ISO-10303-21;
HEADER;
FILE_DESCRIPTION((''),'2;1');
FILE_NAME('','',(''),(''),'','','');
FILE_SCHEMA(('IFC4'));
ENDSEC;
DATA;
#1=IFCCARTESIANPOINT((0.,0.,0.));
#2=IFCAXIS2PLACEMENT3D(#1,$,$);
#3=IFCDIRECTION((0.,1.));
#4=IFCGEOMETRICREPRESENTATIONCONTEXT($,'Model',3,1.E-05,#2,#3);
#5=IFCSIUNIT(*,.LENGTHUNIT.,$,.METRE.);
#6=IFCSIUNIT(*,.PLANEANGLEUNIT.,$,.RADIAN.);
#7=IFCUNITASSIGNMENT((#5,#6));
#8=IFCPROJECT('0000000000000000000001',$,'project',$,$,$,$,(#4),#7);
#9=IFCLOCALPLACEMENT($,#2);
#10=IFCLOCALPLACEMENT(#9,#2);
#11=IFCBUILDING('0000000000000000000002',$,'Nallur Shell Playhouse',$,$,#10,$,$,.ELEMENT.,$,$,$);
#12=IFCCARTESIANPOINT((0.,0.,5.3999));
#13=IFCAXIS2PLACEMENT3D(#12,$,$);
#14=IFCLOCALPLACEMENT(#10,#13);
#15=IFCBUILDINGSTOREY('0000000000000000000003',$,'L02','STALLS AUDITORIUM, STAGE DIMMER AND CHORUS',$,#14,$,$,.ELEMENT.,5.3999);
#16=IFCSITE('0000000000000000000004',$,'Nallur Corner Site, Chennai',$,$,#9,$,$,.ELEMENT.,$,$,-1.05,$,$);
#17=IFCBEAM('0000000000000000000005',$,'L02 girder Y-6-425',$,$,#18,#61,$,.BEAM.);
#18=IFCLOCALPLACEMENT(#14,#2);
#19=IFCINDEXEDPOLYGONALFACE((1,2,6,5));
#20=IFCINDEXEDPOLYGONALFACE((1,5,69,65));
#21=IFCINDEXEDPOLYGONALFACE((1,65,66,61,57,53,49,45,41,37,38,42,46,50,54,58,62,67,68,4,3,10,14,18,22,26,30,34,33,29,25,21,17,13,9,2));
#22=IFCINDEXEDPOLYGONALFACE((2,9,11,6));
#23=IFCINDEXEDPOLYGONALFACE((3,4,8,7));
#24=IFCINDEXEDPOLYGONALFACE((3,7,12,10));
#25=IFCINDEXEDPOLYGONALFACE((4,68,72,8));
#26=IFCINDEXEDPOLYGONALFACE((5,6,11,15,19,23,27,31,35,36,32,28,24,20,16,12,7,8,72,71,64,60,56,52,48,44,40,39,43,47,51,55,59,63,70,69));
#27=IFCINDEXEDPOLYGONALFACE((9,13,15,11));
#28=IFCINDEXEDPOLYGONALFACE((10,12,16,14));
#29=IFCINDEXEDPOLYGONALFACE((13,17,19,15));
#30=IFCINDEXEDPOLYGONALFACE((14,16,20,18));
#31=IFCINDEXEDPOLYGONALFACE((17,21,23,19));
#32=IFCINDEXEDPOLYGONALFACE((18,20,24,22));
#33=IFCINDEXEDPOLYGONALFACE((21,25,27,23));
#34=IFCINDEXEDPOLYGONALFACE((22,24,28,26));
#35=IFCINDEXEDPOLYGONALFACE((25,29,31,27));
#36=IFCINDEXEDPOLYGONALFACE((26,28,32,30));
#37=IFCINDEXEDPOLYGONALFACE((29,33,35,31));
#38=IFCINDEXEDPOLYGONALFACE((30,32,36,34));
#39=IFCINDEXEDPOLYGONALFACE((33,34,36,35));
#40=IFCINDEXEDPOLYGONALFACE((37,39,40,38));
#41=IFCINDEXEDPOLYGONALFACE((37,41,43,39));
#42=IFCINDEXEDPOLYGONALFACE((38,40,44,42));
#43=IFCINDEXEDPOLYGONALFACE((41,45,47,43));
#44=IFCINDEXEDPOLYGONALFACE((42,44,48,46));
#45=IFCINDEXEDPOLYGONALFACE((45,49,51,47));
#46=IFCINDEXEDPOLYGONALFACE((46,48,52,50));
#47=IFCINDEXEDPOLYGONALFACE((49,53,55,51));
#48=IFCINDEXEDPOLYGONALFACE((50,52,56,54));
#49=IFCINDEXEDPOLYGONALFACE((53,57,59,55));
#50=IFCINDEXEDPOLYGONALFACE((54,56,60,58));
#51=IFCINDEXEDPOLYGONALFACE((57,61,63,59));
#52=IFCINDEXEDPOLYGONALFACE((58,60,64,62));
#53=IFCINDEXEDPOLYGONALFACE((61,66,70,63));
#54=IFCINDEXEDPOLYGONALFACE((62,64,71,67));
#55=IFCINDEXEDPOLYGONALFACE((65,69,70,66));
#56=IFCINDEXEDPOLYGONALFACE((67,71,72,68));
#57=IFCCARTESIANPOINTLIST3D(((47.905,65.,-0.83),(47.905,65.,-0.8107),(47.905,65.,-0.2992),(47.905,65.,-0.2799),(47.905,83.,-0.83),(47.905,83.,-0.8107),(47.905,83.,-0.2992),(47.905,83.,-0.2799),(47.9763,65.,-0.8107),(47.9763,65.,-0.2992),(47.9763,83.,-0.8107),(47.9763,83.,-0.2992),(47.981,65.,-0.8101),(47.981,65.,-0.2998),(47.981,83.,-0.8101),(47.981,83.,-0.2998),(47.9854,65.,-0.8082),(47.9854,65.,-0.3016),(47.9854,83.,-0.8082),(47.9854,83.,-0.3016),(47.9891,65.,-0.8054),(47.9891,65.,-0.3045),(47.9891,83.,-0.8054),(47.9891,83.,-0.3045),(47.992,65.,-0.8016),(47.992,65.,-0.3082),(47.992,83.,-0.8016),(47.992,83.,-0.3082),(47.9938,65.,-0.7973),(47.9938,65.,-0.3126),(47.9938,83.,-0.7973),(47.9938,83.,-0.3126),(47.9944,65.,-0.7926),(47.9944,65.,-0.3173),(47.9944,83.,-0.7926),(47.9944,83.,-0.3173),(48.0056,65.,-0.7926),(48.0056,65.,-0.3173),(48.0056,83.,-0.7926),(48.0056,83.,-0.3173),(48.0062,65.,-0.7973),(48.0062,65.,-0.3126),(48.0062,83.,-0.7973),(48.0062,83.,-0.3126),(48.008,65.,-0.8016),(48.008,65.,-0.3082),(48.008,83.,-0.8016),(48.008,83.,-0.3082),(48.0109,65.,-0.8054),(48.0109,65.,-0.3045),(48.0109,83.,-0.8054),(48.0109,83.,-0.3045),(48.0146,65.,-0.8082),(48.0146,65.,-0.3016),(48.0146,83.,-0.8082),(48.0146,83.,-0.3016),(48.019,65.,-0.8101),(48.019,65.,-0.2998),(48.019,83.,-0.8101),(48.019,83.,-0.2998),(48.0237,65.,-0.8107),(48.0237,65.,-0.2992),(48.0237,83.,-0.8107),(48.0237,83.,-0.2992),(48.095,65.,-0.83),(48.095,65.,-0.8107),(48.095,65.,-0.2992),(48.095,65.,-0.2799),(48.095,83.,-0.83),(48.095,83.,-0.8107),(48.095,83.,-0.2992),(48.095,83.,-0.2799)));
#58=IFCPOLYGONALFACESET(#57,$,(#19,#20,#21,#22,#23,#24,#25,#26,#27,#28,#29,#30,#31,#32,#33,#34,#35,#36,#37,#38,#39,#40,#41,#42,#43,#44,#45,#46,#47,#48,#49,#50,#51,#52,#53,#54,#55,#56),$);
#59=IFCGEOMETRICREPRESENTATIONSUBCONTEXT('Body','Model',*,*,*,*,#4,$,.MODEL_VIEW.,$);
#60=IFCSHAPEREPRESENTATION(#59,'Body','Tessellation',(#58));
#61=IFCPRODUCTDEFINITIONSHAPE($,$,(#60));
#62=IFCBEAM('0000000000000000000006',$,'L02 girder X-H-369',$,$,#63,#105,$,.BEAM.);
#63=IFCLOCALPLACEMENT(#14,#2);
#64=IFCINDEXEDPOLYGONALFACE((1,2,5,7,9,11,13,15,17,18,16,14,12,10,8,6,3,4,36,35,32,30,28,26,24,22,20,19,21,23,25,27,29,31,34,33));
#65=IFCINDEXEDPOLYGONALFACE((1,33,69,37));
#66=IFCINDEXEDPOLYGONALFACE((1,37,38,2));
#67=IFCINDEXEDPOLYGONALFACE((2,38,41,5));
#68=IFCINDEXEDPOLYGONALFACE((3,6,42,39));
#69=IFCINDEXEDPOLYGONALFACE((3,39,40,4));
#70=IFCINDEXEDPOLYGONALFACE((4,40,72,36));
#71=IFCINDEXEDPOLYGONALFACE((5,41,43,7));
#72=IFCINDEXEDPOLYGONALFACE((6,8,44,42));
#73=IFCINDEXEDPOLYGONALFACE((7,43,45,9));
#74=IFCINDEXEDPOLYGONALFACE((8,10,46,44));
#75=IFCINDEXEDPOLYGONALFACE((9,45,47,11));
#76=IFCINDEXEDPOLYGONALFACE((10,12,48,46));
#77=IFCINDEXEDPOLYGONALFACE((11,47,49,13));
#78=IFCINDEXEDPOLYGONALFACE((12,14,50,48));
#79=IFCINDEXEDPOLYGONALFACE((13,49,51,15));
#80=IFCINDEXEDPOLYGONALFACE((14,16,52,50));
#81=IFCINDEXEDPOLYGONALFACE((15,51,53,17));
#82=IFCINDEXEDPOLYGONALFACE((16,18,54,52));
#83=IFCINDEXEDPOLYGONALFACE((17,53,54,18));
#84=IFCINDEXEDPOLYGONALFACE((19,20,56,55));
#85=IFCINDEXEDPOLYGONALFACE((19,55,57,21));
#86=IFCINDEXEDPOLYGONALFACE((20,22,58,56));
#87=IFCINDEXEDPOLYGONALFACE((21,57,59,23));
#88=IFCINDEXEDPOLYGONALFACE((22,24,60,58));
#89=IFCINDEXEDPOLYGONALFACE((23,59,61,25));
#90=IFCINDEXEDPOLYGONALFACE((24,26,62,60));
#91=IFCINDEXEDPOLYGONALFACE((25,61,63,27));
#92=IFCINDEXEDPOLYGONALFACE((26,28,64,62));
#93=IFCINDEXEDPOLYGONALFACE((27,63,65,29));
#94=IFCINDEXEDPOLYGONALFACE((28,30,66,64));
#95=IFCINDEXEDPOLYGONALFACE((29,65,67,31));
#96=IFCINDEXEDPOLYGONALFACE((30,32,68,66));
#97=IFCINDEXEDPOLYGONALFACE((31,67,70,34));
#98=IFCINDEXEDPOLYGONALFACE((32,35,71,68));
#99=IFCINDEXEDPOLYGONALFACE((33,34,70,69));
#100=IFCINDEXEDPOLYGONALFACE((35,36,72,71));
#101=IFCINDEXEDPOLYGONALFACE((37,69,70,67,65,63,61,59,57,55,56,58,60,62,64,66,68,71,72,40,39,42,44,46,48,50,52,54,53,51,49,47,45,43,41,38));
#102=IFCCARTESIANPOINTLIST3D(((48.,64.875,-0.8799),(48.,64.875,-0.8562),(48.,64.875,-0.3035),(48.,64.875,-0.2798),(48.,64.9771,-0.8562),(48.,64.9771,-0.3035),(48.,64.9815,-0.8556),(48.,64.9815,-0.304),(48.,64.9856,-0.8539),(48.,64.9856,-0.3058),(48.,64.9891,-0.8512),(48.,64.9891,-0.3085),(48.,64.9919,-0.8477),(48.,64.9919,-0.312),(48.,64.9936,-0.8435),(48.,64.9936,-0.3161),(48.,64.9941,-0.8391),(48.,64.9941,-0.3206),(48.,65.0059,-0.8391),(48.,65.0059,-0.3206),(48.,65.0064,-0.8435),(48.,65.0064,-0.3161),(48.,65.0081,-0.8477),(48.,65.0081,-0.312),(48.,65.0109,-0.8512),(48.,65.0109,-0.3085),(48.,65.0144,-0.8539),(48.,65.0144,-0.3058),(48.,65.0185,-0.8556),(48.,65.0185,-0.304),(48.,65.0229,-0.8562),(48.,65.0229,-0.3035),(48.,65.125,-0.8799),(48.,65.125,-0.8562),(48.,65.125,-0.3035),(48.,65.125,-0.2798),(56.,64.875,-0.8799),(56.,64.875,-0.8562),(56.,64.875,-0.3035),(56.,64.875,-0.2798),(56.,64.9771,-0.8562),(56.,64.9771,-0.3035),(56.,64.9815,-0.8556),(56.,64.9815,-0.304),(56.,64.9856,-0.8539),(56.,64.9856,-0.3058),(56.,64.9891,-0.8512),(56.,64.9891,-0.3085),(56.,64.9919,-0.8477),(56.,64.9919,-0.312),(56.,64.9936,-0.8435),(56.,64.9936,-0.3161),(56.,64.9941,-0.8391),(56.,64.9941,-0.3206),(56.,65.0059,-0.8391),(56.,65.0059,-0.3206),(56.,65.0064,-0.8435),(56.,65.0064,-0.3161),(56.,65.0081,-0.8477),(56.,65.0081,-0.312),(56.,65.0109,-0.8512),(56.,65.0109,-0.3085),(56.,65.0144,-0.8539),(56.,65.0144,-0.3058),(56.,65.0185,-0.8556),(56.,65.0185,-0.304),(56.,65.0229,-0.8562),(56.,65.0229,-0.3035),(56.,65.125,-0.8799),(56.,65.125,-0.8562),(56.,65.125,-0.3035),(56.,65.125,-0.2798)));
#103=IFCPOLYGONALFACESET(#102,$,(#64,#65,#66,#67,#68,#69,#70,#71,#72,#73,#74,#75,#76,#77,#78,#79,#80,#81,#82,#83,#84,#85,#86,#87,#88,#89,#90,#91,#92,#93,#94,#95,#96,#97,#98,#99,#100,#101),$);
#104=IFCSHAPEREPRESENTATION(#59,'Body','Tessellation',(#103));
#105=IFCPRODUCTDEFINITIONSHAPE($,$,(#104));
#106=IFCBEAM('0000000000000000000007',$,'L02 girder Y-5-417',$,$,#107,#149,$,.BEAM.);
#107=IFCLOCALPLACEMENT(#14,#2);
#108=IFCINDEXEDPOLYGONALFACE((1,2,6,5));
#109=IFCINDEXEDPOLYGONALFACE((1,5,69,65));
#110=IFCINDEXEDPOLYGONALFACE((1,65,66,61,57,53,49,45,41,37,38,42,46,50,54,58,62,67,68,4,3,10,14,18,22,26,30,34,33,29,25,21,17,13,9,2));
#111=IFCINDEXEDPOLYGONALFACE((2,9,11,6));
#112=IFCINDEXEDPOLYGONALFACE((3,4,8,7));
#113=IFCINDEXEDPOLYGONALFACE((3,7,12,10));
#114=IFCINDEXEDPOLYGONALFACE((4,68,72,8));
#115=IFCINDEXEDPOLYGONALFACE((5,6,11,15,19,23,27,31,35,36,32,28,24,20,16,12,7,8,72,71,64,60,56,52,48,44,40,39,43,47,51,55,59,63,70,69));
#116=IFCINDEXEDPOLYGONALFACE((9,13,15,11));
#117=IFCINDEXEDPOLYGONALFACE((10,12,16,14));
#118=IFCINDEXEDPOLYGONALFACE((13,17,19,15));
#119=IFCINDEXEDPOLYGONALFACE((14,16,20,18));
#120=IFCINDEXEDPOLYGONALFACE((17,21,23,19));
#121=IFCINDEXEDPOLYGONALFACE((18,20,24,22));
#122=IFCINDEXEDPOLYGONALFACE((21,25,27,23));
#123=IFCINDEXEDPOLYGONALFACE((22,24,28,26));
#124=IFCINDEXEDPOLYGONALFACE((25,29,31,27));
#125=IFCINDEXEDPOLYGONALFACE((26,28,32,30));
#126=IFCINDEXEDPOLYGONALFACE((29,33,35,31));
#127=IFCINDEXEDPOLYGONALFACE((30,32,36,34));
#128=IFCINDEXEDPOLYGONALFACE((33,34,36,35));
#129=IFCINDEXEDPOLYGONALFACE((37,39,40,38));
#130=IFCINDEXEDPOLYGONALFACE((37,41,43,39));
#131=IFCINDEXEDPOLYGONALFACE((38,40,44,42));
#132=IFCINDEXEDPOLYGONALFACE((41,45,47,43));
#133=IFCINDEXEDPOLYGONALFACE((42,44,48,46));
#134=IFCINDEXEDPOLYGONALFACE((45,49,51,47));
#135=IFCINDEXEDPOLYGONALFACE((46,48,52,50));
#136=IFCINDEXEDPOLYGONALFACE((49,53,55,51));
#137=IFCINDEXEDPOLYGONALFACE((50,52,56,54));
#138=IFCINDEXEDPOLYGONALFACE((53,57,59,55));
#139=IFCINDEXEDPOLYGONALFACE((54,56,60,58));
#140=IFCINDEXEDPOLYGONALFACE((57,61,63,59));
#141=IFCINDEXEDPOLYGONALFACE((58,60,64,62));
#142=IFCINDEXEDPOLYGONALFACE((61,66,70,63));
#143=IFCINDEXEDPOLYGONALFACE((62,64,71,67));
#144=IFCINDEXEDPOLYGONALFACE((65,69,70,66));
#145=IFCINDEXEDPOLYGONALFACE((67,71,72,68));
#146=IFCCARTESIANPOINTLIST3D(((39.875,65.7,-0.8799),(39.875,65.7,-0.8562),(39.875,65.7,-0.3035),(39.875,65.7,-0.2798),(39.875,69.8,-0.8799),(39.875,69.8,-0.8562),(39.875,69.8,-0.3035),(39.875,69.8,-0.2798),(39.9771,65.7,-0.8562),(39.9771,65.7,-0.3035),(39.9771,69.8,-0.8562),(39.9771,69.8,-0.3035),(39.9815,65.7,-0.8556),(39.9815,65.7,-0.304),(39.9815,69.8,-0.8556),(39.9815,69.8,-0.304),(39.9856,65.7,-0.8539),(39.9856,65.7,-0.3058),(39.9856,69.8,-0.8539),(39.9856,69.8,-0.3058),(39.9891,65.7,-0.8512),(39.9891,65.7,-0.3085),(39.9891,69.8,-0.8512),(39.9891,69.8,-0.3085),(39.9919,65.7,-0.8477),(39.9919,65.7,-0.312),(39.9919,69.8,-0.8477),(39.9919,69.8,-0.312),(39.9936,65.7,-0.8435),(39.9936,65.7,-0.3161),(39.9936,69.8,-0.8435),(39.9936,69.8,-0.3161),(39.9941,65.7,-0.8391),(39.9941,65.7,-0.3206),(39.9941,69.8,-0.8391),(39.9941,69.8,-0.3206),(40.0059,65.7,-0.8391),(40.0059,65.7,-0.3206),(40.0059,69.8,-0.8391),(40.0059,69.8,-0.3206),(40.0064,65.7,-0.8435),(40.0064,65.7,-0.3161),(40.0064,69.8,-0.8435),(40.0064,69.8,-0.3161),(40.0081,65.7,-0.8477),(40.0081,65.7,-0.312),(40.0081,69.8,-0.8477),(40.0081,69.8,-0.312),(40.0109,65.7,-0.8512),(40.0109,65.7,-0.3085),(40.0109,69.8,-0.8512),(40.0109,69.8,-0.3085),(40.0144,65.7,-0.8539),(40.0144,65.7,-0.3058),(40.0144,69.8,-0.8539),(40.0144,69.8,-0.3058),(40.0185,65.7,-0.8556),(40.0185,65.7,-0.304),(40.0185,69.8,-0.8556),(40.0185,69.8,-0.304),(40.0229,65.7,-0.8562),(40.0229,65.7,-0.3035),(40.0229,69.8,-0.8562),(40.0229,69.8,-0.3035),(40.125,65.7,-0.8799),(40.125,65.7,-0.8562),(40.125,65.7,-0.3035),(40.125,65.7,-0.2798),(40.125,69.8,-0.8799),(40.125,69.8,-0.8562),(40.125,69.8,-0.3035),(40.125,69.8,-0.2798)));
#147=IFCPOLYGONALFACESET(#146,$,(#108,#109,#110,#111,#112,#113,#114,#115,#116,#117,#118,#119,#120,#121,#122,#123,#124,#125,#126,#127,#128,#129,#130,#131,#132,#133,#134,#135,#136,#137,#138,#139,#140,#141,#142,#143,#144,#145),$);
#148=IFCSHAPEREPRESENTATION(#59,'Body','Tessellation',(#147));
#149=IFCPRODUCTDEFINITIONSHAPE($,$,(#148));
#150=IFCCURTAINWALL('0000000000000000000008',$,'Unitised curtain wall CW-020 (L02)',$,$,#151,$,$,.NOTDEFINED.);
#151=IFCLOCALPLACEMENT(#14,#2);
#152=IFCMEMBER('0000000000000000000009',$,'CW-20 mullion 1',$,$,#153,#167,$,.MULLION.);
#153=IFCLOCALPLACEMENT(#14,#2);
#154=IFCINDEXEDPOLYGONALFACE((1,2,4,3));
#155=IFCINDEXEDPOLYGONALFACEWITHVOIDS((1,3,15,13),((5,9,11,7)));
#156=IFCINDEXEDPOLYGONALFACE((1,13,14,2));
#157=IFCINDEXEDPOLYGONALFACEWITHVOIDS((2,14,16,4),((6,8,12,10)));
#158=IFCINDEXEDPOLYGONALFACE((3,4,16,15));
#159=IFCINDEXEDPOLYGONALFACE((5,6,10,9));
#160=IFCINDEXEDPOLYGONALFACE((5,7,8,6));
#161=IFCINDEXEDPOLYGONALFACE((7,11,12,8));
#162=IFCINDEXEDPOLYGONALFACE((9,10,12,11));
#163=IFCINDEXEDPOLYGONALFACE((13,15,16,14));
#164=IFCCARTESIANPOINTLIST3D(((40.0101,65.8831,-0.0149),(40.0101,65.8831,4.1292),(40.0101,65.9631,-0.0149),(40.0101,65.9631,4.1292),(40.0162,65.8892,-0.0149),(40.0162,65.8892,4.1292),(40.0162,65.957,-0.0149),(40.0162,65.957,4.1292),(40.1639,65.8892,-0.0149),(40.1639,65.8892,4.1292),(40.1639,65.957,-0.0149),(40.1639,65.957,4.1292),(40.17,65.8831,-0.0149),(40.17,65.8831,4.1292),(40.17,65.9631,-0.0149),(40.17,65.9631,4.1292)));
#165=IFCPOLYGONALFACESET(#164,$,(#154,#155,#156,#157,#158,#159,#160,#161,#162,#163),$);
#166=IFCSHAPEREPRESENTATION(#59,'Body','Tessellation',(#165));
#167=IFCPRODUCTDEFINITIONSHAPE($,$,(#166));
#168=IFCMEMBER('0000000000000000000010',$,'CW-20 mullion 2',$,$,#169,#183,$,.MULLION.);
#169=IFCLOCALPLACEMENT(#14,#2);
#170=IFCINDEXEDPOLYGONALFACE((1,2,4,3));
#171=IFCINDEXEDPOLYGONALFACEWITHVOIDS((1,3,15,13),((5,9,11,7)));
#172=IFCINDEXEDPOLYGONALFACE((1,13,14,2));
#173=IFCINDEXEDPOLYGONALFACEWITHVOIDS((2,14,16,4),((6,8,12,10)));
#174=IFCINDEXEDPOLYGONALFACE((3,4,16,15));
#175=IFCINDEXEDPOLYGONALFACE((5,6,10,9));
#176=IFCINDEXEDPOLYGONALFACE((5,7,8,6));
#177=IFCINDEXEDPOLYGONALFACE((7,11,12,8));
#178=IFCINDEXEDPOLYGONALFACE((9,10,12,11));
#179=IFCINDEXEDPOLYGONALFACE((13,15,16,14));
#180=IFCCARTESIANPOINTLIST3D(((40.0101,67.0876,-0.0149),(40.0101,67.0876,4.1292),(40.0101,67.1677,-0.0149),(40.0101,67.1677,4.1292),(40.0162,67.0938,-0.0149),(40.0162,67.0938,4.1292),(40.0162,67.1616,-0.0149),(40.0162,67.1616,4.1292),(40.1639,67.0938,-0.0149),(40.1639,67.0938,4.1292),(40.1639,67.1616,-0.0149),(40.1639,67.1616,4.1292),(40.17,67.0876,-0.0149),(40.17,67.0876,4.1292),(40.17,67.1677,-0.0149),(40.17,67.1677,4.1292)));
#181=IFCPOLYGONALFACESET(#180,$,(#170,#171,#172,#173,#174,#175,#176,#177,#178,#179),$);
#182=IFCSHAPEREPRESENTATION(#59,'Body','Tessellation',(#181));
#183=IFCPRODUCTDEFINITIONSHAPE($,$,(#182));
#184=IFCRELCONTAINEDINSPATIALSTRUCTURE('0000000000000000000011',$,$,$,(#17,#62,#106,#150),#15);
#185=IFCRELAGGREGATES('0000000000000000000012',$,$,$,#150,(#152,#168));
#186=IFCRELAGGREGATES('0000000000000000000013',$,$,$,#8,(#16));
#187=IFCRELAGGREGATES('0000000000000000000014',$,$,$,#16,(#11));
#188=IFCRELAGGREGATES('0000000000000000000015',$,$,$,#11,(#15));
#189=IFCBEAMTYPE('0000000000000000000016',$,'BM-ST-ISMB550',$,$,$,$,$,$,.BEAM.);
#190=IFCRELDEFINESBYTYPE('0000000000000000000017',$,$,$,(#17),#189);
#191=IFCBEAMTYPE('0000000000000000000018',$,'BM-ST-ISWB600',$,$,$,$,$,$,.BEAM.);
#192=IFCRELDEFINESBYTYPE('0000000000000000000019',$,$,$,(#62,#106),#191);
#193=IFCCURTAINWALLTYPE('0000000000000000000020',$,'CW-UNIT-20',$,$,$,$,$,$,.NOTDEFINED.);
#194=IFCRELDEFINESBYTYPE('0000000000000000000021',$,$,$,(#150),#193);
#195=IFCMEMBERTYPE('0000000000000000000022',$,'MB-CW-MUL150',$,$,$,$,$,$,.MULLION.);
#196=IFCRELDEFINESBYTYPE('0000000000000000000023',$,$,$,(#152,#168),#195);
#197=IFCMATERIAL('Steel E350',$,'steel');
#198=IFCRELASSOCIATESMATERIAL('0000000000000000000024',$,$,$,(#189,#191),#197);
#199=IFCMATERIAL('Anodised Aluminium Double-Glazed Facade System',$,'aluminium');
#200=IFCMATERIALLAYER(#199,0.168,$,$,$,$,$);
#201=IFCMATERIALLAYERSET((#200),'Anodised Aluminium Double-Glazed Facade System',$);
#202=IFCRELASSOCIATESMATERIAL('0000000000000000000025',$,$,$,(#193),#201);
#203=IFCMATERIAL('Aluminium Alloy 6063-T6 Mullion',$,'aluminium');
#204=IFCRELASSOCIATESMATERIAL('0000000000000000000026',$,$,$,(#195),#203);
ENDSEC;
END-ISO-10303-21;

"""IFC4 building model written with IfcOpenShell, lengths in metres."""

from ifc_helpers import new_model, si_unit, direction, frame, origin, origin_2d, place, context, subcontext, project, spatial, hollow_rectangle, i_section, extrude, material, layer, layer_set, material_profile, profile_set, type_object, element, aggregate, save


model = new_model("IFC4")

# Units and contexts
model_context = context("Model", 3, precision=1e-05, world=origin(), true_north=direction((0.0, 1.0)))
body_context = subcontext(model_context, "Body", "Model", "MODEL_VIEW")
ifc_project = project(units=[si_unit("LENGTHUNIT", "METRE"), si_unit("PLANEANGLEUNIT", "RADIAN")], contexts=[model_context])

# Site, building, storey
site_placement = place(None, origin())
site = spatial("IfcSite", under=ifc_project, at=site_placement, Name="Nallur Corner Site, Chennai", CompositionType="ELEMENT", RefElevation=-1.05)
building_placement = place(site_placement, origin())
building = spatial("IfcBuilding", under=site, at=building_placement, Name="Nallur Shell Playhouse", CompositionType="ELEMENT")
storey_placement = place(building_placement, frame((0.0, 0.0, 5.3999)))
storey = spatial("IfcBuildingStorey", under=building, at=storey_placement, Name="L02", Description="STALLS AUDITORIUM, STAGE DIMMER AND CHORUS", CompositionType="ELEMENT", Elevation=5.3999)

# Shared definitions
ifc_material_1 = material(Name="Steel E350", Category="steel")

# Beams
ifc_material_profile_1 = material_profile(ifc_material_1, i_section(OverallWidth=0.1899, OverallDepth=0.55, WebThickness=0.0112, FlangeThickness=0.0193, FilletRadius=0.0181, at=origin_2d()), Name="ISMB 550")
ifc_profile_set_1 = profile_set([ifc_material_profile_1], Name="Steel E350")
beam_type_1 = type_object("IfcBeamType", Name="BM-ST-ISMB550", PredefinedType="BEAM", material=ifc_profile_set_1)
beam_1_placement = place(storey_placement, frame((48.0, 65.0, -0.5549), z_axis=(0.0, 1.0, 0.0), x_axis=(-1.0, 0.0, 0.0)))
element("IfcBeam", 1, at=beam_1_placement, inside=storey, type_object=beam_type_1, Name="L02 girder Y-6-425", PredefinedType="BEAM", context=body_context, shape_type="SweptSolid", body=[
    extrude(i_section(OverallWidth=0.1899, OverallDepth=0.55, WebThickness=0.0112, FlangeThickness=0.0193, FilletRadius=0.0181, at=origin_2d()), origin(), (0.0, 0.0, 1.0), 18.0),
])
ifc_material_profile_2 = material_profile(ifc_material_1, i_section(OverallWidth=0.25, OverallDepth=0.6001, WebThickness=0.0117, FlangeThickness=0.0237, FilletRadius=0.0171, at=origin_2d()), Name="ISWB 600")
ifc_profile_set_2 = profile_set([ifc_material_profile_2], Name="Steel E350")
beam_type_2 = type_object("IfcBeamType", Name="BM-ST-ISWB600", PredefinedType="BEAM", material=ifc_profile_set_2)
beam_2_placement = place(storey_placement, frame((48.0, 65.0, -0.5798), z_axis=(1.0, 0.0, 0.0), x_axis=(0.0, 1.0, 0.0)))
element("IfcBeam", 2, at=beam_2_placement, inside=storey, type_object=beam_type_2, Name="L02 girder X-H-369", PredefinedType="BEAM", context=body_context, shape_type="SweptSolid", body=[
    extrude(i_section(OverallWidth=0.25, OverallDepth=0.6001, WebThickness=0.0117, FlangeThickness=0.0237, FilletRadius=0.0171, at=origin_2d()), origin(), (0.0, 0.0, 1.0), 8.0),
])
beam_3_placement = place(storey_placement, frame((40.0, 65.7, -0.5798), z_axis=(0.0, 1.0, 0.0), x_axis=(-1.0, 0.0, 0.0)))
element("IfcBeam", 3, at=beam_3_placement, inside=storey, type_object=beam_type_2, Name="L02 girder Y-5-417", PredefinedType="BEAM", context=body_context, shape_type="SweptSolid", body=[
    extrude(i_section(OverallWidth=0.25, OverallDepth=0.6001, WebThickness=0.0117, FlangeThickness=0.0237, FilletRadius=0.0171, at=origin_2d()), origin(), (0.0, 0.0, 1.0), 4.1001),
])

# Curtain wall, members
ifc_material_2 = material(Name="Anodised Aluminium Double-Glazed Facade System", Category="aluminium")
ifc_layer_1 = layer(ifc_material_2, 0.168)
ifc_layer_set_1 = layer_set([ifc_layer_1], Name="Anodised Aluminium Double-Glazed Facade System")
curtain_wall_type_1 = type_object("IfcCurtainWallType", Name="CW-UNIT-20", PredefinedType="NOTDEFINED", material=ifc_layer_set_1)
curtain_wall_1_placement = place(storey_placement, origin())
curtain_wall_1 = element("IfcCurtainWall", 4, at=curtain_wall_1_placement, inside=storey, type_object=curtain_wall_type_1, Name="Unitised curtain wall CW-020 (L02)", PredefinedType="NOTDEFINED")
ifc_material_3 = material(Name="Aluminium Alloy 6063-T6 Mullion", Category="aluminium")
ifc_material_profile_3 = material_profile(ifc_material_3, hollow_rectangle(XDim=0.0801, YDim=0.1599, WallThickness=0.0061, at=origin_2d()), Name="RHS 160x80x6")
ifc_profile_set_3 = profile_set([ifc_material_profile_3], Name="Aluminium Alloy 6063-T6 Mullion")
member_type_1 = type_object("IfcMemberType", Name="MB-CW-MUL150", PredefinedType="MULLION", material=ifc_profile_set_3)
member_1_placement = place(storey_placement, frame((40.0901, 65.9231, -0.0149), z_axis=(0.0, 0.0, 1.0), x_axis=(0.0, 1.0, 0.0)))
member_1 = element("IfcMember", 5, at=member_1_placement, type_object=member_type_1, Name="CW-20 mullion 1", PredefinedType="MULLION", context=body_context, shape_type="SweptSolid", body=[
    extrude(hollow_rectangle(XDim=0.0801, YDim=0.1599, WallThickness=0.0061, at=origin_2d()), origin(), (0.0, 0.0, 1.0), 4.144),
])
member_2_placement = place(storey_placement, frame((40.0901, 67.1277, -0.0149), z_axis=(0.0, 0.0, 1.0), x_axis=(0.0, 1.0, 0.0)))
member_2 = element("IfcMember", 6, at=member_2_placement, type_object=member_type_1, Name="CW-20 mullion 2", PredefinedType="MULLION", context=body_context, shape_type="SweptSolid", body=[
    extrude(hollow_rectangle(XDim=0.0801, YDim=0.1599, WallThickness=0.0061, at=origin_2d()), origin(), (0.0, 0.0, 1.0), 4.144),
])

aggregate(curtain_wall_1, [member_1, member_2])

save(model, "model.ifc")
